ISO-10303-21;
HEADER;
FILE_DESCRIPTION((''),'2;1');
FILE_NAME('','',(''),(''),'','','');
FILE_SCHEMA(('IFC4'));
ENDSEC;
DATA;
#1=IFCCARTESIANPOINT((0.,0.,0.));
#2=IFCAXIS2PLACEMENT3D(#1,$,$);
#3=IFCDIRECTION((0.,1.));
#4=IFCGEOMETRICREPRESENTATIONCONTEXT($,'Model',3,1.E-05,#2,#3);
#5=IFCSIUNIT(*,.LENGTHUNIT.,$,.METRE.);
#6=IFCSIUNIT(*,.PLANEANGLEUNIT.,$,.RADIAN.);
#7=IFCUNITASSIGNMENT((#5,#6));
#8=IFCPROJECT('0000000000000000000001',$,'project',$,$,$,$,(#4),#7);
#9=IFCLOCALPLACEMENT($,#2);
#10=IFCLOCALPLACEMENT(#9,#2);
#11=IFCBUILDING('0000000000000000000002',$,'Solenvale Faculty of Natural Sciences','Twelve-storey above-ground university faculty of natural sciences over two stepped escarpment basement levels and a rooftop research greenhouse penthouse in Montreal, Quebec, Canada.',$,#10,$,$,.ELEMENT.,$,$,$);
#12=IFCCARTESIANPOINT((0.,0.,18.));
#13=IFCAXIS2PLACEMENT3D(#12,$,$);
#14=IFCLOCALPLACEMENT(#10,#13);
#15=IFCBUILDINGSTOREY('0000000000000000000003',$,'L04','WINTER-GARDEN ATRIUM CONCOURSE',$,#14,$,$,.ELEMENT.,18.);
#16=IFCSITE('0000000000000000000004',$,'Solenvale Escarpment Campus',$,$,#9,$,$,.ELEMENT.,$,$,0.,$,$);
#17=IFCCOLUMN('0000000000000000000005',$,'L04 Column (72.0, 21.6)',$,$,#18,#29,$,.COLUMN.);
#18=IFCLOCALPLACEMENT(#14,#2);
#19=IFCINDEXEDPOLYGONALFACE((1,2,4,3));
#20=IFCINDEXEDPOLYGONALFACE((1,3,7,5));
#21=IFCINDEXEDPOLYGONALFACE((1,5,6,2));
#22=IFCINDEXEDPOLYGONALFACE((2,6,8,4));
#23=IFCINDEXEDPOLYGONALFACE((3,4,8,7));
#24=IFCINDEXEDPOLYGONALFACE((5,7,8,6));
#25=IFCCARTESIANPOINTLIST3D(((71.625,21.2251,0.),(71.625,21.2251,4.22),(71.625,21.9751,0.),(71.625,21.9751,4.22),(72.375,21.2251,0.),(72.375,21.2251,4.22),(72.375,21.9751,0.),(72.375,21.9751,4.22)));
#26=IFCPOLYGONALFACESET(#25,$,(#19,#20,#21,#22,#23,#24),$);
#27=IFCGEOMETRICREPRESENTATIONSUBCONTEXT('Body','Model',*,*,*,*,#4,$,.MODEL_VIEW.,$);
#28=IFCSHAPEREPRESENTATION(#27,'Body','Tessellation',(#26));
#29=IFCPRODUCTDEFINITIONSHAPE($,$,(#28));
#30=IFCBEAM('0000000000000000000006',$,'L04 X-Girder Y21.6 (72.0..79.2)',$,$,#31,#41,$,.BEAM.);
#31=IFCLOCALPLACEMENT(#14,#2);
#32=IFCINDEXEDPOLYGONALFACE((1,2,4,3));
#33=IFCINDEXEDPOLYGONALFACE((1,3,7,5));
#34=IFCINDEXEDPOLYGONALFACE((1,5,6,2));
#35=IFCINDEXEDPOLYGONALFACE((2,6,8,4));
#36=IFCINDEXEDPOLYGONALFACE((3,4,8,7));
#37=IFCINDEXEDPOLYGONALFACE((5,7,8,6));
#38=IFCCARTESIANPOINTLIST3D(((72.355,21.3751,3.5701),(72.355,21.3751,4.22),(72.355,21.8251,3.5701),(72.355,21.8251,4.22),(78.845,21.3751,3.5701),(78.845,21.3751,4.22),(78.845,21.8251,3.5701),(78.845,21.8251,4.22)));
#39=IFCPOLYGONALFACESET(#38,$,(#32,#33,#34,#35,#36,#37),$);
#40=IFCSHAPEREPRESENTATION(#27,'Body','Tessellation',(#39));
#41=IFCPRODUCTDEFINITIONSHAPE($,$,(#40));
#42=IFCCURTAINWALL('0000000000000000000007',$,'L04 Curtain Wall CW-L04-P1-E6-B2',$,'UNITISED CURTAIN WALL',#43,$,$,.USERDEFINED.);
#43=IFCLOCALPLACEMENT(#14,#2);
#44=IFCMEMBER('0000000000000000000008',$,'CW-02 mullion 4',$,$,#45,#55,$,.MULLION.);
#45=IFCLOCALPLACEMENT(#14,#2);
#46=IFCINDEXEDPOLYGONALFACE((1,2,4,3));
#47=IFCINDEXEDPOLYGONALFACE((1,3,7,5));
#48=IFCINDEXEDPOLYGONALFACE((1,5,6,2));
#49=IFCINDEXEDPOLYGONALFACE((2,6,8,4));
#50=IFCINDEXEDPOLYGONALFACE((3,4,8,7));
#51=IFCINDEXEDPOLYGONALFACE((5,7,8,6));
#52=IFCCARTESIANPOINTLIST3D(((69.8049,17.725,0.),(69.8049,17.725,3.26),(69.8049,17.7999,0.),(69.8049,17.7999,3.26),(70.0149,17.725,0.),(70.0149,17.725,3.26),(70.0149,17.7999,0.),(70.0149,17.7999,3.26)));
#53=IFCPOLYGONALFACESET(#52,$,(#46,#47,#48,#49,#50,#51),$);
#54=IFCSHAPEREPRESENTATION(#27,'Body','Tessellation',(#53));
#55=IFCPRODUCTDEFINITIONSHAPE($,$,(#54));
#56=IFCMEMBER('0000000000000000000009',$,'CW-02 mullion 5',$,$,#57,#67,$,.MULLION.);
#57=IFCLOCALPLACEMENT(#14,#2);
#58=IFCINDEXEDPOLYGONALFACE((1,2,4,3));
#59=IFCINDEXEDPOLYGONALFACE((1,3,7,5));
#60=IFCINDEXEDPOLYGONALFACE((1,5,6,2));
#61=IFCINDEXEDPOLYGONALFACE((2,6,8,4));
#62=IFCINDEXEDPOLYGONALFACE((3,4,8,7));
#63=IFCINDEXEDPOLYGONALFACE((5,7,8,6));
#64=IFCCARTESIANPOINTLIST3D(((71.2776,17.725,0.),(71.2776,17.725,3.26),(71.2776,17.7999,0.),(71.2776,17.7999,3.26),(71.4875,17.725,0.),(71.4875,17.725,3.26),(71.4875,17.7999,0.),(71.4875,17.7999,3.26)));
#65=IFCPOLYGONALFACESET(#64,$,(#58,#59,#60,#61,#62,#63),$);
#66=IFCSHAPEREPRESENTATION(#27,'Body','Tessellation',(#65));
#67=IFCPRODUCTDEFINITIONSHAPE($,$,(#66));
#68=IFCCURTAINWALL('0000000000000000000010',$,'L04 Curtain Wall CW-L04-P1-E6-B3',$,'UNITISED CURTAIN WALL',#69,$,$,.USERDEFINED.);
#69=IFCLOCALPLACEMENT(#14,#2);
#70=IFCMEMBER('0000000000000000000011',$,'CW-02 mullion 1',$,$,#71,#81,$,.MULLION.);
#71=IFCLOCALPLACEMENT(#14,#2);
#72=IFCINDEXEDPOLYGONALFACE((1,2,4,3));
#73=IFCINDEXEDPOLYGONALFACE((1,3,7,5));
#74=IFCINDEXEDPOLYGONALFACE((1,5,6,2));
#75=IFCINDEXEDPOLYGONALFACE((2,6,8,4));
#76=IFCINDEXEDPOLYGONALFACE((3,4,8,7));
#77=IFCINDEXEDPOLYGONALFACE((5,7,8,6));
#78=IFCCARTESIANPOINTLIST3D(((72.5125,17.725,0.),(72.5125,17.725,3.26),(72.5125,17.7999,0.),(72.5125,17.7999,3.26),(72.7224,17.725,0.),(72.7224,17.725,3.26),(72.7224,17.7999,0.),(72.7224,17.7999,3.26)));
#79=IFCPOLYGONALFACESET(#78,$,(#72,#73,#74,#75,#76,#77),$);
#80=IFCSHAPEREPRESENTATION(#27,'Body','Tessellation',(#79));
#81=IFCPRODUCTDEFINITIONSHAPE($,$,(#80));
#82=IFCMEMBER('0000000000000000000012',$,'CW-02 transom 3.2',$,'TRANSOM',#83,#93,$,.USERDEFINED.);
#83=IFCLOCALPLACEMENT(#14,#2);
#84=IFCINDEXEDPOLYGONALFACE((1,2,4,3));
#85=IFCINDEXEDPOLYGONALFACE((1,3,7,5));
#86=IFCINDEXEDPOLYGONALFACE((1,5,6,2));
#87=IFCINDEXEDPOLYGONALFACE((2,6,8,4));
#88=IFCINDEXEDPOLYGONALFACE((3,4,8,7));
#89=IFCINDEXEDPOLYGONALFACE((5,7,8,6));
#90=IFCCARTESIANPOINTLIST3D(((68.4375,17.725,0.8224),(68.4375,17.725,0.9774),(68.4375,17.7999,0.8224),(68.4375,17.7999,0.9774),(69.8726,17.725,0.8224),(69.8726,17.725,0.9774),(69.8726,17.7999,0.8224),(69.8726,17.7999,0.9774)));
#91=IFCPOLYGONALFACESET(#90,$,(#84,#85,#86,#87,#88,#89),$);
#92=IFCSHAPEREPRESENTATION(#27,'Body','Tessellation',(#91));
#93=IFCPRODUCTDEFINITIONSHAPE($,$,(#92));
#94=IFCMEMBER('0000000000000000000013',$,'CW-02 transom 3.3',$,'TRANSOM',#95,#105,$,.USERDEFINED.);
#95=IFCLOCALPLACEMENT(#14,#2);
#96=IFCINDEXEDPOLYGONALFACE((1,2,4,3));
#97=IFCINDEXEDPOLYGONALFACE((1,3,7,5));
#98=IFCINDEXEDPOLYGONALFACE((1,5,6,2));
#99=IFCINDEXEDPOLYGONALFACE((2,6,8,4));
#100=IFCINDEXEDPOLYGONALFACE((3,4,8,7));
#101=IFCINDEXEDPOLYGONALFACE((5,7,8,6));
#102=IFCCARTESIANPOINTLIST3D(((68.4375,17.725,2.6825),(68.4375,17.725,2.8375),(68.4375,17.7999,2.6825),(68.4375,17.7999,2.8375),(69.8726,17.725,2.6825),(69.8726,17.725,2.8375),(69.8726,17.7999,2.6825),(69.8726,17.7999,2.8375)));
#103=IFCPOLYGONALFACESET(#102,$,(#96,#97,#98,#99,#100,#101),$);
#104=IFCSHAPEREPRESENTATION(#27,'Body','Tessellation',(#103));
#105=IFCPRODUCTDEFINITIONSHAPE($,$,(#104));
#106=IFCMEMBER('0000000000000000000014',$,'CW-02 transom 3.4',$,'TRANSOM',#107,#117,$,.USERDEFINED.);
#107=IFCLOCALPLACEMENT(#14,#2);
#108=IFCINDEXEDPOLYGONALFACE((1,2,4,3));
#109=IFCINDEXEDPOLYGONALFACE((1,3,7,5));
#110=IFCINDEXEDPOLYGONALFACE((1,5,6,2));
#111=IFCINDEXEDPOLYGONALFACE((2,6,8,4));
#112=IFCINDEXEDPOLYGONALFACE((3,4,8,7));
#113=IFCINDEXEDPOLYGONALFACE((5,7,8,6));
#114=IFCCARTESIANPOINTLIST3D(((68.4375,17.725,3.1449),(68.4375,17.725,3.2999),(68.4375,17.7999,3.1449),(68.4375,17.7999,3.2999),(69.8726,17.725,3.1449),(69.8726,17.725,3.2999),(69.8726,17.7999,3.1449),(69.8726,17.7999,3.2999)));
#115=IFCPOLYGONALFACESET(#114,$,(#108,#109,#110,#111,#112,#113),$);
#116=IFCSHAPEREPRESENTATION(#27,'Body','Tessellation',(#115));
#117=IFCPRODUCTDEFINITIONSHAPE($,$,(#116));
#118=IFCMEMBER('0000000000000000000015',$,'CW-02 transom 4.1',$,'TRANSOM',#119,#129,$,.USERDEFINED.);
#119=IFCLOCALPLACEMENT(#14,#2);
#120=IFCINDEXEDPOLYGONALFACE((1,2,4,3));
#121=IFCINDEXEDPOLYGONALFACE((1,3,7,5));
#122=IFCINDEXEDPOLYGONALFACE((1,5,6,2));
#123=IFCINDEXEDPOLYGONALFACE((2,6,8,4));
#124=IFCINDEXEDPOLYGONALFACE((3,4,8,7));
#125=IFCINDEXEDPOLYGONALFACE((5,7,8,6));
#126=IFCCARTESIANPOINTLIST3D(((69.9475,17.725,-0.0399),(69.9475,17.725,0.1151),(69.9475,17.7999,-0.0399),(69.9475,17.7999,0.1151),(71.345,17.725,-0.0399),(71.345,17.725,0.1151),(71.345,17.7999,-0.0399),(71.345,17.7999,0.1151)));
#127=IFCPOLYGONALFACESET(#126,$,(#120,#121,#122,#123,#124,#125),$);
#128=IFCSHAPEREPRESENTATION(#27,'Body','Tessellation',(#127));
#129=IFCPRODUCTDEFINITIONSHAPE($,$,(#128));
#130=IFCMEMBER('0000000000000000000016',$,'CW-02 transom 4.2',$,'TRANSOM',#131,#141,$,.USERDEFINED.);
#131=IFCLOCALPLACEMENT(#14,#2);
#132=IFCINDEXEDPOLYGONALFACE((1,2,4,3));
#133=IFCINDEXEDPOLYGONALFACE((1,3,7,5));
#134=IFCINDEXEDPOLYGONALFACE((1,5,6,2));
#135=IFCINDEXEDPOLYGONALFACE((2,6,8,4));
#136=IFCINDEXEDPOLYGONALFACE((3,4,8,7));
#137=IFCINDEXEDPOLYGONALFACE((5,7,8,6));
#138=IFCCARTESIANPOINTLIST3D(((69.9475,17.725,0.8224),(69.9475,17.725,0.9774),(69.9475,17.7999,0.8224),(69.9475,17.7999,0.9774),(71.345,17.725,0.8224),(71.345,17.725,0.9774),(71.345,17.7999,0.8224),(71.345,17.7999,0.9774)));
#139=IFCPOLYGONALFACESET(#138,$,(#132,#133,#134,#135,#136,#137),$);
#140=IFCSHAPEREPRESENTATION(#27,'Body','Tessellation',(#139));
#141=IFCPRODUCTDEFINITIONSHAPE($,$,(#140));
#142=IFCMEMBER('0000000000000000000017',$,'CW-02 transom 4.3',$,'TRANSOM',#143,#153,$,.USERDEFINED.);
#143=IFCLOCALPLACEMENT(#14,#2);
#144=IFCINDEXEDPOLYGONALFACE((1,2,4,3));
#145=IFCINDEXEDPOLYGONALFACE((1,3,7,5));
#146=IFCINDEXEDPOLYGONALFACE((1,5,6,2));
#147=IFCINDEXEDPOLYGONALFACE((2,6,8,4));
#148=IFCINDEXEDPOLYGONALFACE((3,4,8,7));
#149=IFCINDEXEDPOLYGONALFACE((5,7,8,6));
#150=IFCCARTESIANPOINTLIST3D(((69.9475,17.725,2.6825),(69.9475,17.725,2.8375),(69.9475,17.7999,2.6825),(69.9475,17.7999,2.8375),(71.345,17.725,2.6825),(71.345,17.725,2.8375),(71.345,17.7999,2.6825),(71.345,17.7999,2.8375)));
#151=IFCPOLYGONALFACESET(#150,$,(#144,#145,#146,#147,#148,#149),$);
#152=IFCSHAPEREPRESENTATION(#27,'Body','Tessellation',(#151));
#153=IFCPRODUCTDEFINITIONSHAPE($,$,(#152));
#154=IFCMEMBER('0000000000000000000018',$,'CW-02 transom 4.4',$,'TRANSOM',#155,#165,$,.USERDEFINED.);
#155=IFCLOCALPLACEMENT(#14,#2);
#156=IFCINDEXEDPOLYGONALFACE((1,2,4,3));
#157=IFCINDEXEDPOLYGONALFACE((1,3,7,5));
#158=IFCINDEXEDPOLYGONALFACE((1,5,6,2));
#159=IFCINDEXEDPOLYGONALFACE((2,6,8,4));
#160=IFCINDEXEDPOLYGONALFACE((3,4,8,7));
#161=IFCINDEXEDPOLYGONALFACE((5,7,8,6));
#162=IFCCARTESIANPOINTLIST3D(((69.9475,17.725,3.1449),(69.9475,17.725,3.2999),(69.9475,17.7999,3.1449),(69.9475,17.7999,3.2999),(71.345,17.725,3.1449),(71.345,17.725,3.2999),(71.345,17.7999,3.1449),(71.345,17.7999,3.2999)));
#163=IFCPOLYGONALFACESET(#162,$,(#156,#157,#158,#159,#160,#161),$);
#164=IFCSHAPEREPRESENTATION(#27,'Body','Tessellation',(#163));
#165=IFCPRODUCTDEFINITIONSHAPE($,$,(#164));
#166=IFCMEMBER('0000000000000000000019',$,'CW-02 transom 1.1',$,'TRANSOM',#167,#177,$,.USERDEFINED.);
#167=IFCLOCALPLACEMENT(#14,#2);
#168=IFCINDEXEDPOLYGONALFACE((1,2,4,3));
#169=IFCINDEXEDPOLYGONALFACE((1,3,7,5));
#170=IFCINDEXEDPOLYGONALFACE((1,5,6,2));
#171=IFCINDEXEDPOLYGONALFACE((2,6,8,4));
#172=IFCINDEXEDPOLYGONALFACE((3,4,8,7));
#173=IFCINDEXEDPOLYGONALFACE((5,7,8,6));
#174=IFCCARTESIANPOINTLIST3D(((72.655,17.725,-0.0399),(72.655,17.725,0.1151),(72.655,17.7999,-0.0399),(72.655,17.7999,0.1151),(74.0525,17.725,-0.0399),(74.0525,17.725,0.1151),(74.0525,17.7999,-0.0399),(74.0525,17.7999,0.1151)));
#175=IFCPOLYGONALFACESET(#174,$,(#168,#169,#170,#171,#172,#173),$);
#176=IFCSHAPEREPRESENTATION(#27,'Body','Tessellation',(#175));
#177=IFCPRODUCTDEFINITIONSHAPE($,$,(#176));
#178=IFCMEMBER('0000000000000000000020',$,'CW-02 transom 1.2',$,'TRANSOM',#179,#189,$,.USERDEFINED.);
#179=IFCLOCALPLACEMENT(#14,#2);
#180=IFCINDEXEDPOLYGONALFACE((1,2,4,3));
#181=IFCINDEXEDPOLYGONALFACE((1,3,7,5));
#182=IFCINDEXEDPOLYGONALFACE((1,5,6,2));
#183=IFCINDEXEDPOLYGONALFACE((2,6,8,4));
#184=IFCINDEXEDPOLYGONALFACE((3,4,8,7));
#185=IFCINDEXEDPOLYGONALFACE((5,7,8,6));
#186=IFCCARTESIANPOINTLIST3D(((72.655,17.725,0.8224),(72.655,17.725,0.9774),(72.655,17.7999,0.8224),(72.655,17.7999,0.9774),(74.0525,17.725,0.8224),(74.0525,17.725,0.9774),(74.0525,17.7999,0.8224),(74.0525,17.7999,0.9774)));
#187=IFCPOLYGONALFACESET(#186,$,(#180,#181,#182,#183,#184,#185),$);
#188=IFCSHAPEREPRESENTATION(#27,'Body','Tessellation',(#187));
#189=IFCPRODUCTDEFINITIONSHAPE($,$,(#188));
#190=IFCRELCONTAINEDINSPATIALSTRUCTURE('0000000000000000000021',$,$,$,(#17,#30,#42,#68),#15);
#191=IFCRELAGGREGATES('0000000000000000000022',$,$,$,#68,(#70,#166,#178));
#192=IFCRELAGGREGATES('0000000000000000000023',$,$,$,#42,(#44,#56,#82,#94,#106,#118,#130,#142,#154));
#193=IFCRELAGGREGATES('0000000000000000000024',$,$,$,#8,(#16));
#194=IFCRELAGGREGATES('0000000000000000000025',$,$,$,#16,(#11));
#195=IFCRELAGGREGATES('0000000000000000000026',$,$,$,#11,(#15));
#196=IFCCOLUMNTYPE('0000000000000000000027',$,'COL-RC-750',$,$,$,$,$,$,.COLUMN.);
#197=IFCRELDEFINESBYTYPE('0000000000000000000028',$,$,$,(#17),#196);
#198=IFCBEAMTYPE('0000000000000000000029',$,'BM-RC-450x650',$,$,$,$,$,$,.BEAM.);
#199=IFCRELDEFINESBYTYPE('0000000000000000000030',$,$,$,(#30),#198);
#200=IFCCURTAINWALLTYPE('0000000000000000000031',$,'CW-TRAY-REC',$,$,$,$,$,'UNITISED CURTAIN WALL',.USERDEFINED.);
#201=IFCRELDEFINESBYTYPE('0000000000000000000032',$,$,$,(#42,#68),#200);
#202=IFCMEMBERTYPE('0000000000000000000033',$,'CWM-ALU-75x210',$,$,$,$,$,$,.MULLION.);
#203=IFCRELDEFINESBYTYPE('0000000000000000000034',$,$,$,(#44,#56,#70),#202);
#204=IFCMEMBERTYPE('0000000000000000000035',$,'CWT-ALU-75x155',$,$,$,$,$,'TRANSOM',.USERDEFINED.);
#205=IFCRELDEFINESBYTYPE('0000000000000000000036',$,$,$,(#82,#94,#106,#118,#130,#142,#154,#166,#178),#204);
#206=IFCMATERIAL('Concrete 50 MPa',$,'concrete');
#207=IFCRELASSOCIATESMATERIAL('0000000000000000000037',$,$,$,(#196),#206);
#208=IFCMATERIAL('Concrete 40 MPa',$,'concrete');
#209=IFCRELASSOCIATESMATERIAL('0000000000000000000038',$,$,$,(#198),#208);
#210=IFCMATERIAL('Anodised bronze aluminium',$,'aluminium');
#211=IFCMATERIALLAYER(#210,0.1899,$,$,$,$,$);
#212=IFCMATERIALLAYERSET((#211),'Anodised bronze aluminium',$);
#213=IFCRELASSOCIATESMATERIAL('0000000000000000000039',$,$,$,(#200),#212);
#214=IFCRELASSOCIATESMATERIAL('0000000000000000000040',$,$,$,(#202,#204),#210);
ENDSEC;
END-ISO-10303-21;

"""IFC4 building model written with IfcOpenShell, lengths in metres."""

from ifc_helpers import new_model, si_unit, direction, frame, origin, origin_2d, place, context, subcontext, project, spatial, rectangle, extrude, material, layer, layer_set, material_profile, profile_set, type_object, element, aggregate, save


model = new_model("IFC4")

# Units and contexts
model_context = context("Model", 3, precision=1e-05, world=origin(), true_north=direction((0.0, 1.0)))
body_context = subcontext(model_context, "Body", "Model", "MODEL_VIEW")
ifc_project = project(units=[si_unit("LENGTHUNIT", "METRE"), si_unit("PLANEANGLEUNIT", "RADIAN")], contexts=[model_context])

# Site, building, storey
site_placement = place(None, origin())
site = spatial("IfcSite", under=ifc_project, at=site_placement, Name="Solenvale Escarpment Campus", CompositionType="ELEMENT", RefElevation=0.0)
building_placement = place(site_placement, origin())
building = spatial("IfcBuilding", under=site, at=building_placement, Name="Solenvale Faculty of Natural Sciences", Description="Twelve-storey above-ground university faculty of natural sciences over two stepped escarpment basement levels and a rooftop research greenhouse penthouse in Montreal, Quebec, Canada.", CompositionType="ELEMENT")
storey_placement = place(building_placement, frame((0.0, 0.0, 18.0)))
storey = spatial("IfcBuildingStorey", under=building, at=storey_placement, Name="L04", Description="WINTER-GARDEN ATRIUM CONCOURSE", CompositionType="ELEMENT", Elevation=18.0)

# Column
ifc_material_1 = material(Name="Concrete 50 MPa", Category="concrete")
ifc_material_profile_1 = material_profile(ifc_material_1, rectangle(XDim=0.75, YDim=0.75, at=origin_2d()), Name="RC-COL-750x750")
ifc_profile_set_1 = profile_set([ifc_material_profile_1], Name="Concrete 50 MPa")
column_type = type_object("IfcColumnType", Name="COL-RC-750", PredefinedType="COLUMN", material=ifc_profile_set_1)
column_placement = place(storey_placement, frame((72.0, 21.6001, 0.0), z_axis=(0.0, 0.0, 1.0), x_axis=(1.0, 0.0, 0.0)))
element("IfcColumn", 1, at=column_placement, inside=storey, type_object=column_type, Name="L04 Column (72.0, 21.6)", PredefinedType="COLUMN", context=body_context, shape_type="SweptSolid", body=[
    extrude(rectangle(XDim=0.75, YDim=0.75, at=origin_2d()), origin(), (0.0, 0.0, 1.0), 4.22),
])

# Beam
ifc_material_2 = material(Name="Concrete 40 MPa", Category="concrete")
ifc_material_profile_2 = material_profile(ifc_material_2, rectangle(XDim=0.45, YDim=0.6499, at=origin_2d()), Name="RC-BM-450x650")
ifc_profile_set_2 = profile_set([ifc_material_profile_2], Name="Concrete 40 MPa")
beam_type = type_object("IfcBeamType", Name="BM-RC-450x650", PredefinedType="BEAM", material=ifc_profile_set_2)
beam_placement = place(storey_placement, frame((72.355, 21.6001, 3.895), z_axis=(1.0, 0.0, 0.0), x_axis=(0.0, 1.0, 0.0)))
element("IfcBeam", 2, at=beam_placement, inside=storey, type_object=beam_type, Name="L04 X-Girder Y21.6 (72.0..79.2)", PredefinedType="BEAM", context=body_context, shape_type="SweptSolid", body=[
    extrude(rectangle(XDim=0.45, YDim=0.6499, at=origin_2d()), origin(), (0.0, 0.0, 1.0), 6.49),
])

# Curtain wall, members
ifc_material_3 = material(Name="Anodised bronze aluminium", Category="aluminium")
ifc_layer_1 = layer(ifc_material_3, 0.1899)
ifc_layer_set_1 = layer_set([ifc_layer_1], Name="Anodised bronze aluminium")
curtain_wall_type = type_object("IfcCurtainWallType", Name="CW-TRAY-REC", ElementType="UNITISED CURTAIN WALL", PredefinedType="USERDEFINED", material=ifc_layer_set_1)
curtain_wall_1_placement = place(storey_placement, origin())
curtain_wall_1 = element("IfcCurtainWall", 3, at=curtain_wall_1_placement, inside=storey, type_object=curtain_wall_type, Name="L04 Curtain Wall CW-L04-P1-E6-B2", ObjectType="UNITISED CURTAIN WALL", PredefinedType="USERDEFINED")
ifc_material_profile_3 = material_profile(ifc_material_3, rectangle(XDim=0.075, YDim=0.21, at=origin_2d()), Name="ALU-MUL-75x210")
ifc_profile_set_3 = profile_set([ifc_material_profile_3], Name="Anodised bronze aluminium")
member_type_1 = type_object("IfcMemberType", Name="CWM-ALU-75x210", PredefinedType="MULLION", material=ifc_profile_set_3)
member_1_placement = place(storey_placement, frame((69.9099, 17.7625, 0.0), z_axis=(0.0, 0.0, 1.0), x_axis=(0.0, 1.0, 0.0)))
member_1 = element("IfcMember", 4, at=member_1_placement, type_object=member_type_1, Name="CW-02 mullion 4", PredefinedType="MULLION", context=body_context, shape_type="SweptSolid", body=[
    extrude(rectangle(XDim=0.075, YDim=0.21, at=origin_2d()), origin(), (0.0, 0.0, 1.0), 3.26),
])
member_2_placement = place(storey_placement, frame((71.3826, 17.7625, 0.0), z_axis=(0.0, 0.0, 1.0), x_axis=(0.0, 1.0, 0.0)))
member_2 = element("IfcMember", 5, at=member_2_placement, type_object=member_type_1, Name="CW-02 mullion 5", PredefinedType="MULLION", context=body_context, shape_type="SweptSolid", body=[
    extrude(rectangle(XDim=0.075, YDim=0.21, at=origin_2d()), origin(), (0.0, 0.0, 1.0), 3.26),
])

# Curtain wall, member
curtain_wall_2_placement = place(storey_placement, origin())
curtain_wall_2 = element("IfcCurtainWall", 6, at=curtain_wall_2_placement, inside=storey, type_object=curtain_wall_type, Name="L04 Curtain Wall CW-L04-P1-E6-B3", ObjectType="UNITISED CURTAIN WALL", PredefinedType="USERDEFINED")
member_3_placement = place(storey_placement, frame((72.6174, 17.7625, 0.0), z_axis=(0.0, 0.0, 1.0), x_axis=(0.0, 1.0, 0.0)))
member_3 = element("IfcMember", 7, at=member_3_placement, type_object=member_type_1, Name="CW-02 mullion 1", PredefinedType="MULLION", context=body_context, shape_type="SweptSolid", body=[
    extrude(rectangle(XDim=0.075, YDim=0.21, at=origin_2d()), origin(), (0.0, 0.0, 1.0), 3.26),
])

# Members
ifc_material_profile_4 = material_profile(ifc_material_3, rectangle(XDim=0.075, YDim=0.155, at=origin_2d()), Name="ALU-TRN-75x155")
ifc_profile_set_4 = profile_set([ifc_material_profile_4], Name="Anodised bronze aluminium")
member_type_2 = type_object("IfcMemberType", Name="CWT-ALU-75x155", ElementType="TRANSOM", PredefinedType="USERDEFINED", material=ifc_profile_set_4)
member_4_placement = place(storey_placement, frame((68.4375, 17.7625, 0.8999), z_axis=(1.0, 0.0, 0.0), x_axis=(0.0, 1.0, 0.0)))
member_4 = element("IfcMember", 8, at=member_4_placement, type_object=member_type_2, Name="CW-02 transom 3.2", ObjectType="TRANSOM", PredefinedType="USERDEFINED", context=body_context, shape_type="SweptSolid", body=[
    extrude(rectangle(XDim=0.075, YDim=0.155, at=origin_2d()), origin(), (0.0, 0.0, 1.0), 1.4351),
])
member_5_placement = place(storey_placement, frame((68.4375, 17.7625, 2.76), z_axis=(1.0, 0.0, 0.0), x_axis=(0.0, 1.0, 0.0)))
member_5 = element("IfcMember", 9, at=member_5_placement, type_object=member_type_2, Name="CW-02 transom 3.3", ObjectType="TRANSOM", PredefinedType="USERDEFINED", context=body_context, shape_type="SweptSolid", body=[
    extrude(rectangle(XDim=0.075, YDim=0.155, at=origin_2d()), origin(), (0.0, 0.0, 1.0), 1.4351),
])
member_6_placement = place(storey_placement, frame((68.4375, 17.7625, 3.2224), z_axis=(1.0, 0.0, 0.0), x_axis=(0.0, 1.0, 0.0)))
member_6 = element("IfcMember", 10, at=member_6_placement, type_object=member_type_2, Name="CW-02 transom 3.4", ObjectType="TRANSOM", PredefinedType="USERDEFINED", context=body_context, shape_type="SweptSolid", body=[
    extrude(rectangle(XDim=0.075, YDim=0.155, at=origin_2d()), origin(), (0.0, 0.0, 1.0), 1.4351),
])
member_7_placement = place(storey_placement, frame((69.9475, 17.7625, 0.0376), z_axis=(1.0, 0.0, 0.0), x_axis=(0.0, 1.0, 0.0)))
member_7 = element("IfcMember", 11, at=member_7_placement, type_object=member_type_2, Name="CW-02 transom 4.1", ObjectType="TRANSOM", PredefinedType="USERDEFINED", context=body_context, shape_type="SweptSolid", body=[
    extrude(rectangle(XDim=0.075, YDim=0.155, at=origin_2d()), origin(), (0.0, 0.0, 1.0), 1.3975),
])
member_8_placement = place(storey_placement, frame((69.9475, 17.7625, 0.8999), z_axis=(1.0, 0.0, 0.0), x_axis=(0.0, 1.0, 0.0)))
member_8 = element("IfcMember", 12, at=member_8_placement, type_object=member_type_2, Name="CW-02 transom 4.2", ObjectType="TRANSOM", PredefinedType="USERDEFINED", context=body_context, shape_type="SweptSolid", body=[
    extrude(rectangle(XDim=0.075, YDim=0.155, at=origin_2d()), origin(), (0.0, 0.0, 1.0), 1.3975),
])
member_9_placement = place(storey_placement, frame((69.9475, 17.7625, 2.76), z_axis=(1.0, 0.0, 0.0), x_axis=(0.0, 1.0, 0.0)))
member_9 = element("IfcMember", 13, at=member_9_placement, type_object=member_type_2, Name="CW-02 transom 4.3", ObjectType="TRANSOM", PredefinedType="USERDEFINED", context=body_context, shape_type="SweptSolid", body=[
    extrude(rectangle(XDim=0.075, YDim=0.155, at=origin_2d()), origin(), (0.0, 0.0, 1.0), 1.3975),
])
member_10_placement = place(storey_placement, frame((69.9475, 17.7625, 3.2224), z_axis=(1.0, 0.0, 0.0), x_axis=(0.0, 1.0, 0.0)))
member_10 = element("IfcMember", 14, at=member_10_placement, type_object=member_type_2, Name="CW-02 transom 4.4", ObjectType="TRANSOM", PredefinedType="USERDEFINED", context=body_context, shape_type="SweptSolid", body=[
    extrude(rectangle(XDim=0.075, YDim=0.155, at=origin_2d()), origin(), (0.0, 0.0, 1.0), 1.3975),
])
member_11_placement = place(storey_placement, frame((72.655, 17.7625, 0.0376), z_axis=(1.0, 0.0, 0.0), x_axis=(0.0, 1.0, 0.0)))
member_11 = element("IfcMember", 15, at=member_11_placement, type_object=member_type_2, Name="CW-02 transom 1.1", ObjectType="TRANSOM", PredefinedType="USERDEFINED", context=body_context, shape_type="SweptSolid", body=[
    extrude(rectangle(XDim=0.075, YDim=0.155, at=origin_2d()), origin(), (0.0, 0.0, 1.0), 1.3975),
])
member_12_placement = place(storey_placement, frame((72.655, 17.7625, 0.8999), z_axis=(1.0, 0.0, 0.0), x_axis=(0.0, 1.0, 0.0)))
member_12 = element("IfcMember", 16, at=member_12_placement, type_object=member_type_2, Name="CW-02 transom 1.2", ObjectType="TRANSOM", PredefinedType="USERDEFINED", context=body_context, shape_type="SweptSolid", body=[
    extrude(rectangle(XDim=0.075, YDim=0.155, at=origin_2d()), origin(), (0.0, 0.0, 1.0), 1.3975),
])
aggregate(curtain_wall_2, [member_3, member_11, member_12])

aggregate(curtain_wall_1, [member_1, member_2, member_4, member_5, member_6, member_7, member_8, member_9, member_10])

save(model, "model.ifc")
